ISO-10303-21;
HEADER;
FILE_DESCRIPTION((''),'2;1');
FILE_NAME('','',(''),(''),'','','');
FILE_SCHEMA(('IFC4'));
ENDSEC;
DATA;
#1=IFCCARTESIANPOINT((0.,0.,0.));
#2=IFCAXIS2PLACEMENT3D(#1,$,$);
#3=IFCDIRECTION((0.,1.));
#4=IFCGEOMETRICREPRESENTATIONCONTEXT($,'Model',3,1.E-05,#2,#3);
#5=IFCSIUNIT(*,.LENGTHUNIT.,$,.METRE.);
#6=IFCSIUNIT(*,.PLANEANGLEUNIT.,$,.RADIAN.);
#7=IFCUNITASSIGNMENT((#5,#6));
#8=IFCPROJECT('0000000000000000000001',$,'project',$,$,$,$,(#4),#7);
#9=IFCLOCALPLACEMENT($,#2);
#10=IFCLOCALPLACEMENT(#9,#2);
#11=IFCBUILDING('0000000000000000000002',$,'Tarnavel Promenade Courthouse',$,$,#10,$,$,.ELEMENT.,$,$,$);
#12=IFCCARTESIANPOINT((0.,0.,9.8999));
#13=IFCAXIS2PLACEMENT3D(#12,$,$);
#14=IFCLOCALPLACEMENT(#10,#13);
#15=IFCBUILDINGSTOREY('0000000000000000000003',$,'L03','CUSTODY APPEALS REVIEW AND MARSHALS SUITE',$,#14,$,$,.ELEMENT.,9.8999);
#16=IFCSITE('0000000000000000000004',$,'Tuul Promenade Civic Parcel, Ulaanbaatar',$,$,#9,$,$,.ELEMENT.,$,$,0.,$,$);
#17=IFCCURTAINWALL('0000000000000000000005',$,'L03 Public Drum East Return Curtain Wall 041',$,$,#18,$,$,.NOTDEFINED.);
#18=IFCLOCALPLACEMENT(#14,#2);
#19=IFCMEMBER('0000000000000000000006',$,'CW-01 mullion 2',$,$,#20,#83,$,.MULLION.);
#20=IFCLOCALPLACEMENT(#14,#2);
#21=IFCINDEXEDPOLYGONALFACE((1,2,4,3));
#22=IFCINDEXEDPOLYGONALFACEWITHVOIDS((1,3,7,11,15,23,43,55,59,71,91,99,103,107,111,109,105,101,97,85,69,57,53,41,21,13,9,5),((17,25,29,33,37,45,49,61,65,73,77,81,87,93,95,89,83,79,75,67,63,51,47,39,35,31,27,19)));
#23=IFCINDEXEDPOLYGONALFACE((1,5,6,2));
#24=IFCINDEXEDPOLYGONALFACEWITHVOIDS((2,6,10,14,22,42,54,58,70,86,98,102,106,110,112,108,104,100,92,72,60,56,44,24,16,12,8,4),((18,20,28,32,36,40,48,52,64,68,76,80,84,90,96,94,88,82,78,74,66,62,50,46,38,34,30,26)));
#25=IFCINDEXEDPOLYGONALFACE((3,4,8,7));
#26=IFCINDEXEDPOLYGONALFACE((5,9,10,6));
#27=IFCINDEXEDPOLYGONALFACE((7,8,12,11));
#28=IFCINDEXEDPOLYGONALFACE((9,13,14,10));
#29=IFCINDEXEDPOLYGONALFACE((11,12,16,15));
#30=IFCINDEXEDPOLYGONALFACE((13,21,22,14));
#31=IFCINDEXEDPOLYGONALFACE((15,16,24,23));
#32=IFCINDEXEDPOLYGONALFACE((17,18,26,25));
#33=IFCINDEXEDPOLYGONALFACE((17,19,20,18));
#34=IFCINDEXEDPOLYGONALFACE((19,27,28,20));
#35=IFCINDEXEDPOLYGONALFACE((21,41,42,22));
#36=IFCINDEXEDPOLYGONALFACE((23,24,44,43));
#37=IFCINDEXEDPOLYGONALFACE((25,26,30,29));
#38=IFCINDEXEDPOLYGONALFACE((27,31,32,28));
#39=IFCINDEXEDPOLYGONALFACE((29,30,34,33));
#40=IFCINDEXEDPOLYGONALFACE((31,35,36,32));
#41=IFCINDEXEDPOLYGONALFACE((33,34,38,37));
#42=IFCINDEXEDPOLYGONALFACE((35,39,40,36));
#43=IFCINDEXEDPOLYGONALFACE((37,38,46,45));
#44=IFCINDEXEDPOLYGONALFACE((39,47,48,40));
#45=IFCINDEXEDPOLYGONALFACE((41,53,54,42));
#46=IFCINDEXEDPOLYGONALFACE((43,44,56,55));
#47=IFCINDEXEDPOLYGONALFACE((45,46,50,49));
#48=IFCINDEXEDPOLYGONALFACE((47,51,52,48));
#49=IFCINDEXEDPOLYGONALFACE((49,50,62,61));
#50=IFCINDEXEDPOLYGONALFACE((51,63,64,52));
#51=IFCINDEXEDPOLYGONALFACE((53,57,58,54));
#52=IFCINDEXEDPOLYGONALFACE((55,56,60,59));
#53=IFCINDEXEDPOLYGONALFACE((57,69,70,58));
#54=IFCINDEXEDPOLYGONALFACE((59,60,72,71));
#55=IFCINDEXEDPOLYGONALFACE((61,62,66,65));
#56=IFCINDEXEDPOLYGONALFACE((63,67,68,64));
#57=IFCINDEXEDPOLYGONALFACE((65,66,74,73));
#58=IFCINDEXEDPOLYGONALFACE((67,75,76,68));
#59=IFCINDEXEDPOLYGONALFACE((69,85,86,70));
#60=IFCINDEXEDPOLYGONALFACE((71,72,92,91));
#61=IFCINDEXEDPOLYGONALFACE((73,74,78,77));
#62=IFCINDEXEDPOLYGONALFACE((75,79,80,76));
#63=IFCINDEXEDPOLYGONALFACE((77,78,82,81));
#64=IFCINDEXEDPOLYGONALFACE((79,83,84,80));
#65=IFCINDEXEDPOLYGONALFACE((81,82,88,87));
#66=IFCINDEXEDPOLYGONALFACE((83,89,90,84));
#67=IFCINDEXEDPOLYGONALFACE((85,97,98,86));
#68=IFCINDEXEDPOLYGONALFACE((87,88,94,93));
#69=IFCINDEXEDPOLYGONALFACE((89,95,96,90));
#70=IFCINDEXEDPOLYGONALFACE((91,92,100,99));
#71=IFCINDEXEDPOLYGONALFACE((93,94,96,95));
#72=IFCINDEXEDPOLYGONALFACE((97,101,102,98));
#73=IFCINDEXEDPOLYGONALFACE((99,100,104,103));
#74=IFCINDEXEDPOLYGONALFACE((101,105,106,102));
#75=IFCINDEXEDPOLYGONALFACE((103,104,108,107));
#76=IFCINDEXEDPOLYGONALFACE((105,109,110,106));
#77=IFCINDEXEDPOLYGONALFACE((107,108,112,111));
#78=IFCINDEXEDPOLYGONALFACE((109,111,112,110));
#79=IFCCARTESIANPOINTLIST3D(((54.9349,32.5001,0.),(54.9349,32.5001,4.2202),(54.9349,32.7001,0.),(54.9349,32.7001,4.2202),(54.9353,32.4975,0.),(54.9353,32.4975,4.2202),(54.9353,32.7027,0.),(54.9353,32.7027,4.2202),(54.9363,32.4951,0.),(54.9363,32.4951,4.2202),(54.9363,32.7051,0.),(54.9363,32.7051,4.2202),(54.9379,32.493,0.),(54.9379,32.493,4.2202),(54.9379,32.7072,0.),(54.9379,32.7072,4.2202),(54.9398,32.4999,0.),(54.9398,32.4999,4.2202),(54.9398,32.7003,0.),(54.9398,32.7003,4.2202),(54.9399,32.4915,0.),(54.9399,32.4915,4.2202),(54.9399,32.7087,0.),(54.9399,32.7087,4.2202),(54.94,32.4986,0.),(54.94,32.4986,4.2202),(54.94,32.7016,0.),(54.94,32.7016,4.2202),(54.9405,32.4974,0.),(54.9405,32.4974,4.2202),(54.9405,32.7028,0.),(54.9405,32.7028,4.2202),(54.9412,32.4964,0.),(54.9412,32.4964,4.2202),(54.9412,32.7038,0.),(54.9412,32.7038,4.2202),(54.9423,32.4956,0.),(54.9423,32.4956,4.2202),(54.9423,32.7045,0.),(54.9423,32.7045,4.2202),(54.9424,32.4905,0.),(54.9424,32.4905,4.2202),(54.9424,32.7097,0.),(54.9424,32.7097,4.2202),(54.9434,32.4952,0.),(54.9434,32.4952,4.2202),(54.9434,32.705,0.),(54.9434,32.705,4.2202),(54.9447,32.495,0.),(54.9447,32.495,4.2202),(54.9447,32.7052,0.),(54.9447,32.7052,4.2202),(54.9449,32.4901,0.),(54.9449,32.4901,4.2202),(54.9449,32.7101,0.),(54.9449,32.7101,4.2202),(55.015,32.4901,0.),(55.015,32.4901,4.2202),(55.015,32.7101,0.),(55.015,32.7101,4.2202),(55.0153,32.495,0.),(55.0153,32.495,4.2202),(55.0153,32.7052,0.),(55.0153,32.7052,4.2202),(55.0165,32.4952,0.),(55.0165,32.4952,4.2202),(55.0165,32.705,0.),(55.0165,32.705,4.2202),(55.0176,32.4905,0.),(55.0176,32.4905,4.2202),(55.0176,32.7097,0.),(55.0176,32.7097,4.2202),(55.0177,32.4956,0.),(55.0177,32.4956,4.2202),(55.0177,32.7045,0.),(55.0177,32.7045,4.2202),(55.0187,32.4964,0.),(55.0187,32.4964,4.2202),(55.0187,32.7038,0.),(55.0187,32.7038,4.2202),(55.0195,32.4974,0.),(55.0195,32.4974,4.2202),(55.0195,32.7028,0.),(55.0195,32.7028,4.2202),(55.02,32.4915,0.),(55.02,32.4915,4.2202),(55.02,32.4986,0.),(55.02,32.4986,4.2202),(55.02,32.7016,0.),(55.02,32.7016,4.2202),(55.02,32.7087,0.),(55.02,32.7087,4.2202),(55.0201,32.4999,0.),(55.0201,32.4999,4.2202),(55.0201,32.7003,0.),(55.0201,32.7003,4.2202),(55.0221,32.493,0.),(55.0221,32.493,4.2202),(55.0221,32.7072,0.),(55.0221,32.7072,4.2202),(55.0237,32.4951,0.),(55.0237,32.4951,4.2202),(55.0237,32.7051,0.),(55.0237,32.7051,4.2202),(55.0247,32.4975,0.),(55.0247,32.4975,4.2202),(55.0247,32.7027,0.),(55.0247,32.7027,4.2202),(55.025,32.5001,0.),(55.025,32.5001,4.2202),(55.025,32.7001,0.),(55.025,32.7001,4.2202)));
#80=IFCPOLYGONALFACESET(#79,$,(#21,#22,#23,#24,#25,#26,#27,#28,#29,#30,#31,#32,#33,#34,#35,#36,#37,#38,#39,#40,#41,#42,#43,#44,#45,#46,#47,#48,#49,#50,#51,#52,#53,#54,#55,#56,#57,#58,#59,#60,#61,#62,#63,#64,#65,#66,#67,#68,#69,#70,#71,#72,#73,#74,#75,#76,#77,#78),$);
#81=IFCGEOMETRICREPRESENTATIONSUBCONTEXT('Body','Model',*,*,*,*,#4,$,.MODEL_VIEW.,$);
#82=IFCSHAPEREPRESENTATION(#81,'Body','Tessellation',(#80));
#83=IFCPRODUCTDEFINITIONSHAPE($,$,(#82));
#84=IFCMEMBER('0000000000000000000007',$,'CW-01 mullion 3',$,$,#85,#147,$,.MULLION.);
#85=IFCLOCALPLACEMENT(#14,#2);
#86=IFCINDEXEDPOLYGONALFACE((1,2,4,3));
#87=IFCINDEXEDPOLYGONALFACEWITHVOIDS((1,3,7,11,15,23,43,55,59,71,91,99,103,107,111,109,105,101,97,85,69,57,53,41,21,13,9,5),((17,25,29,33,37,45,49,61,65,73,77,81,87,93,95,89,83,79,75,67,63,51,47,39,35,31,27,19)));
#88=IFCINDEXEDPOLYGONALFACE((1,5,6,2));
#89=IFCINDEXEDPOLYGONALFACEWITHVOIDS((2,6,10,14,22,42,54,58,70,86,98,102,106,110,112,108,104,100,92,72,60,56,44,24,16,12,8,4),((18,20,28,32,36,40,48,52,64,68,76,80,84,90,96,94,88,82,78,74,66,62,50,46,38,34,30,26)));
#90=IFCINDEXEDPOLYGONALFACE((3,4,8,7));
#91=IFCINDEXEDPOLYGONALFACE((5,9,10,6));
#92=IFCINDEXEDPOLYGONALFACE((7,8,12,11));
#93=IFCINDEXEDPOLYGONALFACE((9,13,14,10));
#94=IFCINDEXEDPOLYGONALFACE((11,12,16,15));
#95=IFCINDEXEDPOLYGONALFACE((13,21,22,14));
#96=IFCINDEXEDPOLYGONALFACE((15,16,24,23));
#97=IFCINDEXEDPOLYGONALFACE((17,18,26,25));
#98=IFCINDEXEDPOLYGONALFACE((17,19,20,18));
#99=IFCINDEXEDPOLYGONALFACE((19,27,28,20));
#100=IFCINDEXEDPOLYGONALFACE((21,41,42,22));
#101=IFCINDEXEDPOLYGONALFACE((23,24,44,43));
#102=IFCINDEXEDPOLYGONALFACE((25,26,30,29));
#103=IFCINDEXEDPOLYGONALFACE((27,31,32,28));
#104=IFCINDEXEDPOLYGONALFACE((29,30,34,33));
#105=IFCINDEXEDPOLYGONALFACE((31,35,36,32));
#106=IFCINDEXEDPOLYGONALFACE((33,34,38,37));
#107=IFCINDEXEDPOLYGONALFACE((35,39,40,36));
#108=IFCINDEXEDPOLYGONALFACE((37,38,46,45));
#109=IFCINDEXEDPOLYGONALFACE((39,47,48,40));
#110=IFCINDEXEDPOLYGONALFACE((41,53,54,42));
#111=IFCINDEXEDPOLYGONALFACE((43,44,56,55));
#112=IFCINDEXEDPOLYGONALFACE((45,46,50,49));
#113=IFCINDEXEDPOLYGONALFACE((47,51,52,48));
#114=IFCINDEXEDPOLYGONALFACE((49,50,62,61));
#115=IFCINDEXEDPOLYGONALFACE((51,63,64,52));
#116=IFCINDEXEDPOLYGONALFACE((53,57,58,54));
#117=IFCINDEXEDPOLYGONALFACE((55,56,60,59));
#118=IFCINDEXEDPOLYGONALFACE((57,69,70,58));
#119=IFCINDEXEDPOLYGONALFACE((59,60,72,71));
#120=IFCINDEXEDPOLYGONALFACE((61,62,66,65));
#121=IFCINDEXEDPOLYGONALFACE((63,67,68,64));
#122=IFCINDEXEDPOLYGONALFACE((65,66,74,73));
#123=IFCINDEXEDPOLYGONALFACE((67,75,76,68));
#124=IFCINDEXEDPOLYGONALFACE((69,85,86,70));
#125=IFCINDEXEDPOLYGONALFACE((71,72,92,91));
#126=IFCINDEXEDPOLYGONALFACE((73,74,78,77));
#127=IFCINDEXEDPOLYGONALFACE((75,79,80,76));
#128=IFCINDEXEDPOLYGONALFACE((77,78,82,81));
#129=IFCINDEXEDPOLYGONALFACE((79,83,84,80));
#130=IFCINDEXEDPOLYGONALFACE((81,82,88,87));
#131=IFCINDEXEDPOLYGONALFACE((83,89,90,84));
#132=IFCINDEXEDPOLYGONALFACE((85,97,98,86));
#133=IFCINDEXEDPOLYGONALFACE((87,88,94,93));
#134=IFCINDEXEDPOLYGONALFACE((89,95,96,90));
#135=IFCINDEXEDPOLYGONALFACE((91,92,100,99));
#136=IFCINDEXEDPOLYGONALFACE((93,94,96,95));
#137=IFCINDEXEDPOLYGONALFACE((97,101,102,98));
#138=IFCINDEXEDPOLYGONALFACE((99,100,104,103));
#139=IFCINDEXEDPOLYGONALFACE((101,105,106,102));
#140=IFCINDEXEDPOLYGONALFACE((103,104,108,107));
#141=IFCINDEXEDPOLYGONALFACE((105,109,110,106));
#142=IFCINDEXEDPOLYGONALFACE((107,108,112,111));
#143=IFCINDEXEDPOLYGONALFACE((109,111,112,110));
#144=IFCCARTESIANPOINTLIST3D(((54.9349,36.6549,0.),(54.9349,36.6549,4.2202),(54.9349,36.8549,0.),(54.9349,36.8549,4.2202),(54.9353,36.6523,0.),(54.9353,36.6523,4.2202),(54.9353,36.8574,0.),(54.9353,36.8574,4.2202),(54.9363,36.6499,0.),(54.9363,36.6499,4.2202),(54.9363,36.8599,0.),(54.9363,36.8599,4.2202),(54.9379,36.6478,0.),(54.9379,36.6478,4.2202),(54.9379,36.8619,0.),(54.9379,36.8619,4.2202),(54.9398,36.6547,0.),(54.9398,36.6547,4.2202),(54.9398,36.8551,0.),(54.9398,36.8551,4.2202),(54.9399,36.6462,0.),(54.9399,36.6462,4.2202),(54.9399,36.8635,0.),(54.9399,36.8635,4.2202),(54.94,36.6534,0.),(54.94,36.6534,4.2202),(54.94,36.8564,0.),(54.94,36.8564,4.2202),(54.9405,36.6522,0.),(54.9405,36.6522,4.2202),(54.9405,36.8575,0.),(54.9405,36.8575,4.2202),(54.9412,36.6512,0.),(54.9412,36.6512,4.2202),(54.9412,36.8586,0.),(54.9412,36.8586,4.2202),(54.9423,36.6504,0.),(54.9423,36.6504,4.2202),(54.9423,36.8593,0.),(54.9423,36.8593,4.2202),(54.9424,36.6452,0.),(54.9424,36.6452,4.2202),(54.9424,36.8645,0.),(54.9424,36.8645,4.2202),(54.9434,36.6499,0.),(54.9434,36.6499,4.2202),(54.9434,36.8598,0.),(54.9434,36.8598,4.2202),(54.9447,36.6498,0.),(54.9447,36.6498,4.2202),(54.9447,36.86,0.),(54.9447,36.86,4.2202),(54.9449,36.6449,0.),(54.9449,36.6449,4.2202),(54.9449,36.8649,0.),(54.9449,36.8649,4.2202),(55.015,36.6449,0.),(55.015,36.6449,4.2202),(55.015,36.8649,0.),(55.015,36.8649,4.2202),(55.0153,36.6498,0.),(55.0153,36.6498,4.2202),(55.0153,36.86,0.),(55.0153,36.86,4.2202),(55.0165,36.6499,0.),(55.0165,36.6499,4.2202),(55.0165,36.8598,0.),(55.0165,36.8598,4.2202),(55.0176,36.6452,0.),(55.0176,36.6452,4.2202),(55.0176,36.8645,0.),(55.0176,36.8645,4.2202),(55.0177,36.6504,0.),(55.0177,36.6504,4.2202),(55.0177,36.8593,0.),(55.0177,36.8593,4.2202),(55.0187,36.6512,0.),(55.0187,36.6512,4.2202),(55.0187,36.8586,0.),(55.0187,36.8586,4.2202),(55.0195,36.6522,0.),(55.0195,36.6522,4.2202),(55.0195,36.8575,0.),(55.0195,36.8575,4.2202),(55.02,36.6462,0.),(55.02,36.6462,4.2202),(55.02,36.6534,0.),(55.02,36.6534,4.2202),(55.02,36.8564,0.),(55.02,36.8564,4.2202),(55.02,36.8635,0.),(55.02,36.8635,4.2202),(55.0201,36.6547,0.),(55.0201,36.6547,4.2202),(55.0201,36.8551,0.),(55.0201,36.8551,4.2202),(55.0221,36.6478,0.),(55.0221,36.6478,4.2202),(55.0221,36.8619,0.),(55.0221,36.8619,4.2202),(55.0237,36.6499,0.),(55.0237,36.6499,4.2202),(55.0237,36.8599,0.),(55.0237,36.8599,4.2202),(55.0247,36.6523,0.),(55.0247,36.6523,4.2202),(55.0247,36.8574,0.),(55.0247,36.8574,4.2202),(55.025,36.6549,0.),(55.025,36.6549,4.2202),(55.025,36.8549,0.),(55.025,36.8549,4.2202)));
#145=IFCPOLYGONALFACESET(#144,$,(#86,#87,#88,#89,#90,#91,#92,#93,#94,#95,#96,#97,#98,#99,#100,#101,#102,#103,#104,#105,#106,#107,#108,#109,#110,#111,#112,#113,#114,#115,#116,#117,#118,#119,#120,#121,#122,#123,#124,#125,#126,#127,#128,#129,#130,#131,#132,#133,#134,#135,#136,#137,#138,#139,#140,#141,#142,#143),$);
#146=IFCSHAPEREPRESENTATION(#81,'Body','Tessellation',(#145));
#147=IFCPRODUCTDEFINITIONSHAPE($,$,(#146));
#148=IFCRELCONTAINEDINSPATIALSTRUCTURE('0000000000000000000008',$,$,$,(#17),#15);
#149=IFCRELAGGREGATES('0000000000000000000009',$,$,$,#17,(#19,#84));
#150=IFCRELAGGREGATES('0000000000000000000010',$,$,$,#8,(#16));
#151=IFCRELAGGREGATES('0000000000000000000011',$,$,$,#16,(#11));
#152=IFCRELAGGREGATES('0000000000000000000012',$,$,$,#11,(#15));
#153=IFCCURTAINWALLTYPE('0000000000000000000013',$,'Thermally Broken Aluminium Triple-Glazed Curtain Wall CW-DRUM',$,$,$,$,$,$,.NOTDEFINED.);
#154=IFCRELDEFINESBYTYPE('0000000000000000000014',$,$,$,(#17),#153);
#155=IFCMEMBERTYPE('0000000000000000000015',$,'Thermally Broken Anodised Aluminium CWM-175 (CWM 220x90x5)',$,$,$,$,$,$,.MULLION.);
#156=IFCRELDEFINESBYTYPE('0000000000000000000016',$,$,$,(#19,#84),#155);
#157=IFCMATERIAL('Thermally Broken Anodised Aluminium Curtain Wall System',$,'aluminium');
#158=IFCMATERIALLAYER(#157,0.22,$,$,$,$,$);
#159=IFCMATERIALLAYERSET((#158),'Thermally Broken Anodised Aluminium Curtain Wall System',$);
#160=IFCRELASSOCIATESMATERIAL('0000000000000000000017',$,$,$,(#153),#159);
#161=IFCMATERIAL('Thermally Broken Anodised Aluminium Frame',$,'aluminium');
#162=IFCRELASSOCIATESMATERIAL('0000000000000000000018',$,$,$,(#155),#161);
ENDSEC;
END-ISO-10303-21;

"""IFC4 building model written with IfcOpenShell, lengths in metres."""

from ifc_helpers import new_model, si_unit, direction, frame, origin, origin_2d, place, context, subcontext, project, spatial, hollow_rectangle, extrude, material, layer, layer_set, material_profile, profile_set, type_object, element, aggregate, save


model = new_model("IFC4")

# Units and contexts
model_context = context("Model", 3, precision=1e-05, world=origin(), true_north=direction((0.0, 1.0)))
body_context = subcontext(model_context, "Body", "Model", "MODEL_VIEW")
ifc_project = project(units=[si_unit("LENGTHUNIT", "METRE"), si_unit("PLANEANGLEUNIT", "RADIAN")], contexts=[model_context])

# Site, building, storey
site_placement = place(None, origin())
site = spatial("IfcSite", under=ifc_project, at=site_placement, Name="Tuul Promenade Civic Parcel, Ulaanbaatar", CompositionType="ELEMENT", RefElevation=0.0)
building_placement = place(site_placement, origin())
building = spatial("IfcBuilding", under=site, at=building_placement, Name="Tarnavel Promenade Courthouse", CompositionType="ELEMENT")
storey_placement = place(building_placement, frame((0.0, 0.0, 9.8999)))
storey = spatial("IfcBuildingStorey", under=building, at=storey_placement, Name="L03", Description="CUSTODY APPEALS REVIEW AND MARSHALS SUITE", CompositionType="ELEMENT", Elevation=9.8999)

# Shared definitions
ifc_material_1 = material(Name="Thermally Broken Anodised Aluminium Curtain Wall System", Category="aluminium")
ifc_layer_1 = layer(ifc_material_1, 0.22)
ifc_layer_set_1 = layer_set([ifc_layer_1], Name="Thermally Broken Anodised Aluminium Curtain Wall System")
curtain_wall_type_1 = type_object("IfcCurtainWallType", Name="Thermally Broken Aluminium Triple-Glazed Curtain Wall CW-DRUM", PredefinedType="NOTDEFINED", material=ifc_layer_set_1)
ifc_material_2 = material(Name="Thermally Broken Anodised Aluminium Frame", Category="aluminium")
ifc_material_profile_1 = material_profile(ifc_material_2, hollow_rectangle(XDim=0.0901, YDim=0.22, WallThickness=0.0049, InnerFilletRadius=0.0049, OuterFilletRadius=0.01, at=origin_2d()), Name="CWM 220x90x5")
ifc_profile_set_1 = profile_set([ifc_material_profile_1], Name="Thermally Broken Anodised Aluminium Frame")
member_type_1 = type_object("IfcMemberType", Name="Thermally Broken Anodised Aluminium CWM-175 (CWM 220x90x5)", PredefinedType="MULLION", material=ifc_profile_set_1)

# Curtain wall, members
curtain_wall_1_placement = place(storey_placement, origin())
curtain_wall_1 = element("IfcCurtainWall", 1, at=curtain_wall_1_placement, inside=storey, type_object=curtain_wall_type_1, Name="L03 Public Drum East Return Curtain Wall 041", PredefinedType="NOTDEFINED")
member_1_placement = place(storey_placement, frame((54.98, 32.6001, 0.0), z_axis=(0.0, 0.0, 1.0), x_axis=(-1.0, 0.0, 0.0)))
member_1 = element("IfcMember", 2, at=member_1_placement, type_object=member_type_1, Name="CW-01 mullion 2", PredefinedType="MULLION", context=body_context, shape_type="SweptSolid", body=[
    extrude(hollow_rectangle(XDim=0.0901, YDim=0.22, WallThickness=0.0049, InnerFilletRadius=0.0049, OuterFilletRadius=0.01, at=origin_2d()), origin(), (0.0, 0.0, 1.0), 4.2202),
])
member_2_placement = place(storey_placement, frame((54.98, 36.7549, 0.0), z_axis=(0.0, 0.0, 1.0), x_axis=(-1.0, 0.0, 0.0)))
member_2 = element("IfcMember", 3, at=member_2_placement, type_object=member_type_1, Name="CW-01 mullion 3", PredefinedType="MULLION", context=body_context, shape_type="SweptSolid", body=[
    extrude(hollow_rectangle(XDim=0.0901, YDim=0.22, WallThickness=0.0049, InnerFilletRadius=0.0049, OuterFilletRadius=0.01, at=origin_2d()), origin(), (0.0, 0.0, 1.0), 4.2202),
])

aggregate(curtain_wall_1, [member_1, member_2])

save(model, "model.ifc")
